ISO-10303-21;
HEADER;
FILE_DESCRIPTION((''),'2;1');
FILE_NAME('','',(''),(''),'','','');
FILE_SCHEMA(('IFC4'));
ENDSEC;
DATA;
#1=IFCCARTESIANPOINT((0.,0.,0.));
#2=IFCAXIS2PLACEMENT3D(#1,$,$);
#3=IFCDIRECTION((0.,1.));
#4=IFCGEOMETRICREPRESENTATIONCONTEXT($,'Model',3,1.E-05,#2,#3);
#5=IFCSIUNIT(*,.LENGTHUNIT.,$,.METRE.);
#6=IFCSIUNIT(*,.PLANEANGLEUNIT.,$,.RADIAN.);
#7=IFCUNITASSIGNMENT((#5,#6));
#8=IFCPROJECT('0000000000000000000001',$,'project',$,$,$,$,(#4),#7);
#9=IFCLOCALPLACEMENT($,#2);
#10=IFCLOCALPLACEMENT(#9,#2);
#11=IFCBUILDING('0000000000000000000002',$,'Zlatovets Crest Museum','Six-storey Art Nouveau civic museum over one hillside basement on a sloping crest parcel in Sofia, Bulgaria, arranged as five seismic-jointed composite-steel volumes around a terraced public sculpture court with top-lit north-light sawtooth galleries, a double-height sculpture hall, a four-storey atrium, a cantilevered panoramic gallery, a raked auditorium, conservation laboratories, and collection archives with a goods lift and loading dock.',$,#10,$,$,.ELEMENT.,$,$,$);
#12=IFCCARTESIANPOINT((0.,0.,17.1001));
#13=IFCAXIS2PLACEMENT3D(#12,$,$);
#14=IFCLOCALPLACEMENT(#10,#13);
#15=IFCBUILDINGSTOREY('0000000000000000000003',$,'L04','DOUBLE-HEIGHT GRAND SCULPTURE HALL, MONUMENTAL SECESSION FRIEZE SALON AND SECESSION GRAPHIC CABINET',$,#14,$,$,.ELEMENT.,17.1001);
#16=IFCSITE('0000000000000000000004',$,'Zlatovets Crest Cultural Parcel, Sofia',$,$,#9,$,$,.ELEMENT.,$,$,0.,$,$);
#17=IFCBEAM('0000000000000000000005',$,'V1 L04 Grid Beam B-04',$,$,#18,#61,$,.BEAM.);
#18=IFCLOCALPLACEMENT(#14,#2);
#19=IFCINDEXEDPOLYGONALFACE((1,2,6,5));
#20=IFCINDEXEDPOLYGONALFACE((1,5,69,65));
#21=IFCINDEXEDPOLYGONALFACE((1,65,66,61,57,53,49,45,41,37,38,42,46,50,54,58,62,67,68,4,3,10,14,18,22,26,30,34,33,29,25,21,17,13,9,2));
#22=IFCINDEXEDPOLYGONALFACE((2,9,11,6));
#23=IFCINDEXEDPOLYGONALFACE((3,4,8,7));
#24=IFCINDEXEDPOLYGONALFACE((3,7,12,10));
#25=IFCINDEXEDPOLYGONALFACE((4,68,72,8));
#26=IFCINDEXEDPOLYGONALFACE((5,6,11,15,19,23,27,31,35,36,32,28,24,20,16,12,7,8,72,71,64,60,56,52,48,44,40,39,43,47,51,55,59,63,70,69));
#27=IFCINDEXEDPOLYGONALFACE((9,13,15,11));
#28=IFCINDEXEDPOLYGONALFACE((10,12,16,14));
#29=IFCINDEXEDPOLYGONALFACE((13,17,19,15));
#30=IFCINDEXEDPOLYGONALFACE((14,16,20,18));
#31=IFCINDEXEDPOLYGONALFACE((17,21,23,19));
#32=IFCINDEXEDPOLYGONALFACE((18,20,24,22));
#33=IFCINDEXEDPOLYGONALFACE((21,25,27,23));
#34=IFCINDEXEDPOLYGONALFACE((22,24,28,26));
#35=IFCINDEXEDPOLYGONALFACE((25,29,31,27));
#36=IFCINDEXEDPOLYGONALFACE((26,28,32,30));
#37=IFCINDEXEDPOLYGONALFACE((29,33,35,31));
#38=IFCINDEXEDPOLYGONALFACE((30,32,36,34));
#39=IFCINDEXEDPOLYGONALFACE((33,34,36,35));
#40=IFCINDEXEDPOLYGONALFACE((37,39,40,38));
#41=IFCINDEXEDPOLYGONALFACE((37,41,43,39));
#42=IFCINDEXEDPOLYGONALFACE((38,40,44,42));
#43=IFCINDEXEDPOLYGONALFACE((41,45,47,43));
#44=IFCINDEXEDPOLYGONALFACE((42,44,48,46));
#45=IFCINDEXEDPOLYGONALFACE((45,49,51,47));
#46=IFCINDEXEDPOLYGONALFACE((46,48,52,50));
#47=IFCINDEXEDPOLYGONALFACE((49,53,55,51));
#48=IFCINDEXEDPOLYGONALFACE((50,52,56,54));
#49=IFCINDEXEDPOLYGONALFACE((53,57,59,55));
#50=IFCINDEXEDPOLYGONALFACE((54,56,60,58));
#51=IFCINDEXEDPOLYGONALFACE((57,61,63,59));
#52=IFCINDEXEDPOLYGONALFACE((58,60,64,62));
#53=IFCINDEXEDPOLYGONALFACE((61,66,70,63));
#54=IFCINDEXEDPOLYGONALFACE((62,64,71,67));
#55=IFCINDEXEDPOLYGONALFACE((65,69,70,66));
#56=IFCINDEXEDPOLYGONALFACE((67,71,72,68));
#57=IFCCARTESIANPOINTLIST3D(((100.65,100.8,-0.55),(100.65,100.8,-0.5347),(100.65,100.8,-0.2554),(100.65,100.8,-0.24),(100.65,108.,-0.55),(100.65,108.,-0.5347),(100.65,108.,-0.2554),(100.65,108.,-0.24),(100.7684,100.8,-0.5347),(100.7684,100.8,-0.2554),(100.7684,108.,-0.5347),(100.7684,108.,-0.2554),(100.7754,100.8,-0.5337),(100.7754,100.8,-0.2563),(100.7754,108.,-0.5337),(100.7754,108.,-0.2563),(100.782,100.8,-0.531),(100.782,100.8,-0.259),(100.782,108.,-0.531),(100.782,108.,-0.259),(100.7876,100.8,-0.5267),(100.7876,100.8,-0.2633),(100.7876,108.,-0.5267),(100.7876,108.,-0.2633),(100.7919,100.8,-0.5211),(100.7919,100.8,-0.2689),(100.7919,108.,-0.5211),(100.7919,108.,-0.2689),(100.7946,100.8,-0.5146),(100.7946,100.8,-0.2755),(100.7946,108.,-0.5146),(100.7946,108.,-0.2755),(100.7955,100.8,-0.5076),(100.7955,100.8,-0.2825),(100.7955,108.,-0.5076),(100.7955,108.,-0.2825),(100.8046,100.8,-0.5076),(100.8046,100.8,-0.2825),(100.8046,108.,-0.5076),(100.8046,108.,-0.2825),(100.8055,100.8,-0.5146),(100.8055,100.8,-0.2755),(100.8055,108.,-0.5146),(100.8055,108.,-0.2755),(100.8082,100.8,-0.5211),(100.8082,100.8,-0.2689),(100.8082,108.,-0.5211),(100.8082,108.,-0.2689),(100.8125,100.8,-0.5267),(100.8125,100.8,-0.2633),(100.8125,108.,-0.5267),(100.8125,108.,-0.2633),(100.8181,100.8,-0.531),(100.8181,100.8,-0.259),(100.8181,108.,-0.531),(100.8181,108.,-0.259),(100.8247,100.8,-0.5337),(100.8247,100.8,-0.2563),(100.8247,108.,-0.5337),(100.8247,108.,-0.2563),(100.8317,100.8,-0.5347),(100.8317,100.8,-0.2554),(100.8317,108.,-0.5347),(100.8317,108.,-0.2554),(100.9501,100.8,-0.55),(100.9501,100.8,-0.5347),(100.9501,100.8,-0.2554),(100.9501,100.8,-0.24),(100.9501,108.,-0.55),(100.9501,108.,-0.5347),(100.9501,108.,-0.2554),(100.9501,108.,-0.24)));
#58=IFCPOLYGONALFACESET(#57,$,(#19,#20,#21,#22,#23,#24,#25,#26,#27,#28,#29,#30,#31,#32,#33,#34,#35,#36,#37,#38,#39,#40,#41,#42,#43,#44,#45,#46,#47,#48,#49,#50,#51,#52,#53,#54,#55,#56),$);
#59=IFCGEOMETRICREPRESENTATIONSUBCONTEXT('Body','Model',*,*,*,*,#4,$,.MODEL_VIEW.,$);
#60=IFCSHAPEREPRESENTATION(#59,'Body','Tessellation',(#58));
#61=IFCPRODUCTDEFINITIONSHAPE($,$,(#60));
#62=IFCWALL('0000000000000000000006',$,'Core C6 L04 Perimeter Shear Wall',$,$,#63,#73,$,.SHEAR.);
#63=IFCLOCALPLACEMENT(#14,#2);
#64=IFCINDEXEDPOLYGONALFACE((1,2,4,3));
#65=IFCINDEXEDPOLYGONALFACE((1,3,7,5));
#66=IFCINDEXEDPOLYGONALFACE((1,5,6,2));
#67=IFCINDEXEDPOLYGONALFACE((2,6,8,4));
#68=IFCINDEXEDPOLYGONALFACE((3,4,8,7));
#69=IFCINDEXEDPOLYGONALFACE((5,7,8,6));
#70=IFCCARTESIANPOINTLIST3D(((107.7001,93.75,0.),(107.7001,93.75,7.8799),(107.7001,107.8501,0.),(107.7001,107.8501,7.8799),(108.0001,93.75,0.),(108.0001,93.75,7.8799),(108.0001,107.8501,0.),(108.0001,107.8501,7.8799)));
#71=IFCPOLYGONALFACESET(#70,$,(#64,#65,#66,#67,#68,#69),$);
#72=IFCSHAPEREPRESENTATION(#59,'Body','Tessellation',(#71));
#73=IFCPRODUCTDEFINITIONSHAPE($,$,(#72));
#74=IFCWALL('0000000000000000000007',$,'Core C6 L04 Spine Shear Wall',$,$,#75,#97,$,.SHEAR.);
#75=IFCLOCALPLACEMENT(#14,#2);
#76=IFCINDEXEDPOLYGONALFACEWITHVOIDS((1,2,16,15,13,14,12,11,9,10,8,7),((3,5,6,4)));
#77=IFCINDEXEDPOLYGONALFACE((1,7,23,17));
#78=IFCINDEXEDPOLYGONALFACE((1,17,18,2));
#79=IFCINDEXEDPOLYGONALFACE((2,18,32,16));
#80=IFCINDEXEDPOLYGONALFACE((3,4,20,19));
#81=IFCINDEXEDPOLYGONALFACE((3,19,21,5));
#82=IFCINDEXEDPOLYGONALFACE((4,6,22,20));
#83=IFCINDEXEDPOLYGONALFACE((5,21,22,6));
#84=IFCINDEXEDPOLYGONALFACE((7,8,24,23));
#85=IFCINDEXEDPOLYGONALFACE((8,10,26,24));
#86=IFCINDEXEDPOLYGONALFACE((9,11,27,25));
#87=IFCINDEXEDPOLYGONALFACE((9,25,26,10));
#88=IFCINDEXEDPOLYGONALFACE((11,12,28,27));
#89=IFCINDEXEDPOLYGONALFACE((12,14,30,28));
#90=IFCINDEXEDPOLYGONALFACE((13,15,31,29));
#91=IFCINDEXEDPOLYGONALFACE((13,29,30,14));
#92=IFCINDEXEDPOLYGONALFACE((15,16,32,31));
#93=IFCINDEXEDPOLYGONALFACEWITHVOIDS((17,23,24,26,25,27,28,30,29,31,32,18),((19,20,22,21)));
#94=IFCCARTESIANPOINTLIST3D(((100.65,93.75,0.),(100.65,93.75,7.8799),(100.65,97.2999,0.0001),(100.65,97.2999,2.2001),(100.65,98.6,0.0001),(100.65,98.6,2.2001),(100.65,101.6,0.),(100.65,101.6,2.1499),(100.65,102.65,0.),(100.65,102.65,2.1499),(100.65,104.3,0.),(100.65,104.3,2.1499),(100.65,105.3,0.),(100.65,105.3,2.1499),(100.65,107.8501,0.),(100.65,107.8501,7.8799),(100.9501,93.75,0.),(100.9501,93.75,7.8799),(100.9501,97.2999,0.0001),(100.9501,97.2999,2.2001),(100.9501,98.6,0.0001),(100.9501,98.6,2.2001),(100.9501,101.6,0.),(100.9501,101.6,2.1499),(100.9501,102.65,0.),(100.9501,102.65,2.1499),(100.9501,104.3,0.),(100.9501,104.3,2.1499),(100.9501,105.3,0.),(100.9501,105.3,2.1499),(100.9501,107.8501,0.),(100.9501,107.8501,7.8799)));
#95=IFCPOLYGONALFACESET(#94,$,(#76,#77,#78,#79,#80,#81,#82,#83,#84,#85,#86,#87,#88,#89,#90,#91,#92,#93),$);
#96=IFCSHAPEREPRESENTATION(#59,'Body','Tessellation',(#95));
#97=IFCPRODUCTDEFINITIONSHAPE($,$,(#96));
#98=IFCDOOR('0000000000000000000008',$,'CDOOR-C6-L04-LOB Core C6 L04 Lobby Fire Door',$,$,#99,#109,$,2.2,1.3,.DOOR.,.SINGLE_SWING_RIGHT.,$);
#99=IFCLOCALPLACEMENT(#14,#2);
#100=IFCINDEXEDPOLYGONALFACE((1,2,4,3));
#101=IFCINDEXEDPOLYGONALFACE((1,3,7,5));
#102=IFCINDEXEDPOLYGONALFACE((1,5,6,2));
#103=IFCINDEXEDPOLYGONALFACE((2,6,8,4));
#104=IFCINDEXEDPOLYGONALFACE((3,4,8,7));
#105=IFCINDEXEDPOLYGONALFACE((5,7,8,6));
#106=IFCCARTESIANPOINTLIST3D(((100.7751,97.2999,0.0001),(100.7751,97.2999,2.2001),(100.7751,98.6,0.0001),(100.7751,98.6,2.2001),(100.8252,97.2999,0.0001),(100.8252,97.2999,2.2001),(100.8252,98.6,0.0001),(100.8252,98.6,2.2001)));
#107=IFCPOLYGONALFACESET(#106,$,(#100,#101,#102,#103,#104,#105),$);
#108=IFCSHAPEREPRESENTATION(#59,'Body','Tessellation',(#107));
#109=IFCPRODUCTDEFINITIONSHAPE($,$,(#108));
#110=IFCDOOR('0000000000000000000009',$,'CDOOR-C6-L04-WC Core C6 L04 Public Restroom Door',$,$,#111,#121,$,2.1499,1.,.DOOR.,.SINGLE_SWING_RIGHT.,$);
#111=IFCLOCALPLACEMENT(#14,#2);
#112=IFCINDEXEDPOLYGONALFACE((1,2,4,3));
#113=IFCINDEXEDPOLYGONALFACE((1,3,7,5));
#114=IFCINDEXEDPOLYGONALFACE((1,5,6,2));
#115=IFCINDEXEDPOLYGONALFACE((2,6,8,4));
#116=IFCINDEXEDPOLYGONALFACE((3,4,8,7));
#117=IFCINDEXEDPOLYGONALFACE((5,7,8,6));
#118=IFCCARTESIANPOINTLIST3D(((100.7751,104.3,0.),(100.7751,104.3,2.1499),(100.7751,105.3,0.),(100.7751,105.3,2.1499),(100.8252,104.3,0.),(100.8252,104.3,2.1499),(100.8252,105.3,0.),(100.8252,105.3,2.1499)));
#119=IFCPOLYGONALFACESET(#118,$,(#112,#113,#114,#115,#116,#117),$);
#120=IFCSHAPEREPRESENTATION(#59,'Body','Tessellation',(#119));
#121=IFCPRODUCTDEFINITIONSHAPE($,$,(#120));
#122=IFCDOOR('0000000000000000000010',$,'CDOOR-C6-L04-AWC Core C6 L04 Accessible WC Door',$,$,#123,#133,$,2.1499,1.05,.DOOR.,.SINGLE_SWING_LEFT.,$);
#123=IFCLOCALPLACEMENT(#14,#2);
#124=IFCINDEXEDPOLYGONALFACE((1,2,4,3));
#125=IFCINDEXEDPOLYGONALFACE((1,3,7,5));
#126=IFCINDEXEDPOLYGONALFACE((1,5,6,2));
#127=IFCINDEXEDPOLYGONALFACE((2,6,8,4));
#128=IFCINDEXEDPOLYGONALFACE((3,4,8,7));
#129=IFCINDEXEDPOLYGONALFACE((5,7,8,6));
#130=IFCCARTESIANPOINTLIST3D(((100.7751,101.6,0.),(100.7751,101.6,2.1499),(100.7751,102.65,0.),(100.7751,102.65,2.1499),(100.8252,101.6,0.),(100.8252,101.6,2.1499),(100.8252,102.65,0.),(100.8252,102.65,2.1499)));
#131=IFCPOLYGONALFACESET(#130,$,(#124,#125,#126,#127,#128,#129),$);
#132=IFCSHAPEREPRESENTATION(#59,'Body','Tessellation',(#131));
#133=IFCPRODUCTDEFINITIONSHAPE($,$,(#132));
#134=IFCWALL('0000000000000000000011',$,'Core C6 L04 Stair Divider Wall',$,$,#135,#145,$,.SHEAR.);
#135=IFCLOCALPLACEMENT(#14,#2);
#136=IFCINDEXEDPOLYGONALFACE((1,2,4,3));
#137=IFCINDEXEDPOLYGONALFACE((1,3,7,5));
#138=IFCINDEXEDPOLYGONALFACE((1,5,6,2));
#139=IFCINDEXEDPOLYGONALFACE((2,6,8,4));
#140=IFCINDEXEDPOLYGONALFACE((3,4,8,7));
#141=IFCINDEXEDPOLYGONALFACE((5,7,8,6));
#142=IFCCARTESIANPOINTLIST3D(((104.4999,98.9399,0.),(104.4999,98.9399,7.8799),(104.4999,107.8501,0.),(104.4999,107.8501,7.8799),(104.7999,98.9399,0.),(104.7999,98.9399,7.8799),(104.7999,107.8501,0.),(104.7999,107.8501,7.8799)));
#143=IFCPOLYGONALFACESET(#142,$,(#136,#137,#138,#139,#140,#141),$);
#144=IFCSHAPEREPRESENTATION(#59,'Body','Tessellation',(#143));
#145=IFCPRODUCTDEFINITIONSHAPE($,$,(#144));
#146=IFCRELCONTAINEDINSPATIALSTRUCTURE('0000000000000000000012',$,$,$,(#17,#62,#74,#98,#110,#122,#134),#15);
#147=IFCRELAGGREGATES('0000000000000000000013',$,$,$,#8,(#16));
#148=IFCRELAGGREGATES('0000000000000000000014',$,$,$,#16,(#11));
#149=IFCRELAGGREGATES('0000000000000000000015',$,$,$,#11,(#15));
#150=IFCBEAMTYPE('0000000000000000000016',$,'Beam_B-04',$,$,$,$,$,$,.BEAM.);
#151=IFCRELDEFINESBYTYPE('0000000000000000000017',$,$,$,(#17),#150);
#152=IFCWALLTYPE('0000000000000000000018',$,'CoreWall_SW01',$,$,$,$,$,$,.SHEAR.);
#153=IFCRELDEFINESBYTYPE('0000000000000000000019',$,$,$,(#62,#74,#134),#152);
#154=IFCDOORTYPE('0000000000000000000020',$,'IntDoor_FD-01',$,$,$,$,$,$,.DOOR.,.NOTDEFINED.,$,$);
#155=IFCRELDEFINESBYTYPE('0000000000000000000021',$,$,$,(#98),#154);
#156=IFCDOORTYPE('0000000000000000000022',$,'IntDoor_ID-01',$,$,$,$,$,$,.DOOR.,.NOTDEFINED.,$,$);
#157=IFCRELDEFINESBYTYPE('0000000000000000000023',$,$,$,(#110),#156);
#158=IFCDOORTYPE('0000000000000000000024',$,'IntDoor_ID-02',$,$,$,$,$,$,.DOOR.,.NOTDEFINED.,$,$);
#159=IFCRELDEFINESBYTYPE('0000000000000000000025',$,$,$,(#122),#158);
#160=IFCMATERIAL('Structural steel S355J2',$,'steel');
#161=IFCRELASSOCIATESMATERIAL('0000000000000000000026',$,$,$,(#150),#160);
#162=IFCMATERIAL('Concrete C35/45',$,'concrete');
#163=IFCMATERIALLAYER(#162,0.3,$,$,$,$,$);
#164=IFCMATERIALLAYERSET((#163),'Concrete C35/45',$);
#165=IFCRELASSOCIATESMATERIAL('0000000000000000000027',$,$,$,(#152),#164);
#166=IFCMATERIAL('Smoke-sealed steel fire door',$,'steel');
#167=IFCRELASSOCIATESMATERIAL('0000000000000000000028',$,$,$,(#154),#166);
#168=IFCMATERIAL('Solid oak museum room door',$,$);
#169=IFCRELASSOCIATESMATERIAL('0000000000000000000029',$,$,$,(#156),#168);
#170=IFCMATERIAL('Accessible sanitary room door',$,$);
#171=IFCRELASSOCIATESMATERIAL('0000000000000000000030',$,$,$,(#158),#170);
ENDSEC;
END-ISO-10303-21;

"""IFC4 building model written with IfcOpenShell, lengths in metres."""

from ifc_helpers import new_model, si_unit, direction, frame, frame_2d, origin, origin_2d, place, context, subcontext, project, spatial, rectangle, i_section, extrude, material, layer, layer_set, material_profile, profile_set, type_object, element, fill, save


model = new_model("IFC4")

# Units and contexts
model_context = context("Model", 3, precision=1e-05, world=origin(), true_north=direction((0.0, 1.0)))
body_context = subcontext(model_context, "Body", "Model", "MODEL_VIEW")
ifc_project = project(units=[si_unit("LENGTHUNIT", "METRE"), si_unit("PLANEANGLEUNIT", "RADIAN")], contexts=[model_context])

# Site, building, storey
site_placement = place(None, origin())
site = spatial("IfcSite", under=ifc_project, at=site_placement, Name="Zlatovets Crest Cultural Parcel, Sofia", CompositionType="ELEMENT", RefElevation=0.0)
building_placement = place(site_placement, origin())
building = spatial("IfcBuilding", under=site, at=building_placement, Name="Zlatovets Crest Museum", Description="Six-storey Art Nouveau civic museum over one hillside basement on a sloping crest parcel in Sofia, Bulgaria, arranged as five seismic-jointed composite-steel volumes around a terraced public sculpture court with top-lit north-light sawtooth galleries, a double-height sculpture hall, a four-storey atrium, a cantilevered panoramic gallery, a raked auditorium, conservation laboratories, and collection archives with a goods lift and loading dock.", CompositionType="ELEMENT")
storey_placement = place(building_placement, frame((0.0, 0.0, 17.1001)))
storey = spatial("IfcBuildingStorey", under=building, at=storey_placement, Name="L04", Description="DOUBLE-HEIGHT GRAND SCULPTURE HALL, MONUMENTAL SECESSION FRIEZE SALON AND SECESSION GRAPHIC CABINET", CompositionType="ELEMENT", Elevation=17.1001)

# Beam
ifc_material_1 = material(Name="Structural steel S355J2", Category="steel")
ifc_material_profile = material_profile(ifc_material_1, i_section(OverallWidth=0.3, OverallDepth=0.3101, WebThickness=0.009, FlangeThickness=0.0154, FilletRadius=0.0271, at=origin_2d()), Name="HEA 320")
ifc_profile_set = profile_set([ifc_material_profile], Name="Structural steel S355J2")
beam_type = type_object("IfcBeamType", Name="Beam_B-04", PredefinedType="BEAM", material=ifc_profile_set)
beam_placement = place(storey_placement, frame((100.8, 100.8, -0.395), z_axis=(0.0, 1.0, 0.0), x_axis=(-1.0, 0.0, 0.0)))
element("IfcBeam", 1, at=beam_placement, inside=storey, type_object=beam_type, Name="V1 L04 Grid Beam B-04", PredefinedType="BEAM", context=body_context, shape_type="SweptSolid", body=[
    extrude(i_section(OverallWidth=0.3, OverallDepth=0.3101, WebThickness=0.009, FlangeThickness=0.0154, FilletRadius=0.0271, at=origin_2d()), origin(), (0.0, 0.0, 1.0), 7.2),
])

# Wall
ifc_material_2 = material(Name="Concrete C35/45", Category="concrete")
ifc_layer_1 = layer(ifc_material_2, 0.3)
ifc_layer_set_1 = layer_set([ifc_layer_1], Name="Concrete C35/45")
wall_type_1 = type_object("IfcWallType", Name="CoreWall_SW01", PredefinedType="SHEAR", material=ifc_layer_set_1)
wall_1_placement = place(storey_placement, frame((107.8501, 93.75, 0.0), z_axis=(0.0, 0.0, 1.0), x_axis=(0.0, 1.0, 0.0)))
element("IfcWall", 2, at=wall_1_placement, inside=storey, type_object=wall_type_1, Name="Core C6 L04 Perimeter Shear Wall", PredefinedType="SHEAR", context=body_context, shape_type="SweptSolid", body=[
    extrude(rectangle(XDim=14.1001, YDim=0.3, at=frame_2d((7.05, 0.0))), origin(), (0.0, 0.0, 1.0), 7.8799),
])

# Wall, openings, doors
wall_2_placement = place(storey_placement, frame((100.8, 93.75, 0.0), z_axis=(0.0, 0.0, 1.0), x_axis=(0.0, 1.0, 0.0)))
wall_2 = element("IfcWall", 3, at=wall_2_placement, inside=storey, type_object=wall_type_1, Name="Core C6 L04 Spine Shear Wall", PredefinedType="SHEAR", context=body_context, shape_type="SweptSolid", body=[
    extrude(rectangle(XDim=14.1001, YDim=0.3, at=frame_2d((7.05, 0.0))), origin(), (0.0, 0.0, 1.0), 7.8799),
])
opening_1_placement = place(wall_2_placement, frame((3.55, 0.0, 0.0)))
opening_1 = element("IfcOpeningElement", 4, at=opening_1_placement, cuts=wall_2, PredefinedType="OPENING", context=body_context, shape_type="SweptSolid", body=[
    extrude(rectangle(XDim=1.3, YDim=2.2, at=frame_2d((0.6499, 1.1001))), frame((0.0, 0.1602, 0.0), z_axis=(0.0, -1.0, 0.0), x_axis=(1.0, 0.0, 0.0)), (0.0, 0.0, 1.0), 0.3201),
])
opening_2_placement = place(wall_2_placement, frame((7.8501, 0.0, 0.0)))
opening_2 = element("IfcOpeningElement", 5, at=opening_2_placement, cuts=wall_2, PredefinedType="OPENING", context=body_context, shape_type="SweptSolid", body=[
    extrude(rectangle(XDim=1.05, YDim=2.1499, at=frame_2d((0.5249, 1.075))), frame((0.0, 0.1602, 0.0), z_axis=(0.0, -1.0, 0.0), x_axis=(1.0, 0.0, 0.0)), (0.0, 0.0, 1.0), 0.3201),
])
opening_3_placement = place(wall_2_placement, frame((10.55, 0.0, 0.0)))
opening_3 = element("IfcOpeningElement", 6, at=opening_3_placement, cuts=wall_2, PredefinedType="OPENING", context=body_context, shape_type="SweptSolid", body=[
    extrude(rectangle(XDim=1.0, YDim=2.1499, at=frame_2d((0.5, 1.075))), frame((0.0, 0.1602, 0.0), z_axis=(0.0, -1.0, 0.0), x_axis=(1.0, 0.0, 0.0)), (0.0, 0.0, 1.0), 0.3201),
])
ifc_material_3 = material(Name="Smoke-sealed steel fire door", Category="steel")
door_type_1 = type_object("IfcDoorType", Name="IntDoor_FD-01", OperationType="NOTDEFINED", PredefinedType="DOOR", material=ifc_material_3)
door_1_placement = place(opening_1_placement, origin())
door_1 = element("IfcDoor", 7, at=door_1_placement, inside=storey, type_object=door_type_1, Name="CDOOR-C6-L04-LOB Core C6 L04 Lobby Fire Door", OperationType="SINGLE_SWING_RIGHT", OverallHeight=2.2, OverallWidth=1.3, PredefinedType="DOOR", context=body_context, shape_type="SweptSolid", body=[
    extrude(rectangle(XDim=1.3, YDim=2.2, at=frame_2d((0.6499, 1.1001))), frame((0.0, 0.0249, 0.0), z_axis=(0.0, -1.0, 0.0), x_axis=(1.0, 0.0, 0.0)), (0.0, 0.0, 1.0), 0.05),
])
fill(opening_1, door_1)
ifc_material_4 = material(Name="Solid oak museum room door")
door_type_2 = type_object("IfcDoorType", Name="IntDoor_ID-01", OperationType="NOTDEFINED", PredefinedType="DOOR", material=ifc_material_4)
door_2_placement = place(opening_3_placement, origin())
door_2 = element("IfcDoor", 8, at=door_2_placement, inside=storey, type_object=door_type_2, Name="CDOOR-C6-L04-WC Core C6 L04 Public Restroom Door", OperationType="SINGLE_SWING_RIGHT", OverallHeight=2.1499, OverallWidth=1.0, PredefinedType="DOOR", context=body_context, shape_type="SweptSolid", body=[
    extrude(rectangle(XDim=1.0, YDim=2.1499, at=frame_2d((0.5, 1.075))), frame((0.0, 0.0249, 0.0), z_axis=(0.0, -1.0, 0.0), x_axis=(1.0, 0.0, 0.0)), (0.0, 0.0, 1.0), 0.05),
])
fill(opening_3, door_2)
ifc_material_5 = material(Name="Accessible sanitary room door")
door_type_3 = type_object("IfcDoorType", Name="IntDoor_ID-02", OperationType="NOTDEFINED", PredefinedType="DOOR", material=ifc_material_5)
door_3_placement = place(opening_2_placement, origin())
door_3 = element("IfcDoor", 9, at=door_3_placement, inside=storey, type_object=door_type_3, Name="CDOOR-C6-L04-AWC Core C6 L04 Accessible WC Door", OperationType="SINGLE_SWING_LEFT", OverallHeight=2.1499, OverallWidth=1.05, PredefinedType="DOOR", context=body_context, shape_type="SweptSolid", body=[
    extrude(rectangle(XDim=1.05, YDim=2.1499, at=frame_2d((0.5249, 1.075))), frame((0.0, 0.0249, 0.0), z_axis=(0.0, -1.0, 0.0), x_axis=(1.0, 0.0, 0.0)), (0.0, 0.0, 1.0), 0.05),
])
fill(opening_2, door_3)

# Wall
wall_3_placement = place(storey_placement, frame((104.6499, 98.9399, 0.0), z_axis=(0.0, 0.0, 1.0), x_axis=(0.0, 1.0, 0.0)))
element("IfcWall", 10, at=wall_3_placement, inside=storey, type_object=wall_type_1, Name="Core C6 L04 Stair Divider Wall", PredefinedType="SHEAR", context=body_context, shape_type="SweptSolid", body=[
    extrude(rectangle(XDim=8.9102, YDim=0.3, at=frame_2d((4.4551, 0.0))), origin(), (0.0, 0.0, 1.0), 7.8799),
])

save(model, "model.ifc")
